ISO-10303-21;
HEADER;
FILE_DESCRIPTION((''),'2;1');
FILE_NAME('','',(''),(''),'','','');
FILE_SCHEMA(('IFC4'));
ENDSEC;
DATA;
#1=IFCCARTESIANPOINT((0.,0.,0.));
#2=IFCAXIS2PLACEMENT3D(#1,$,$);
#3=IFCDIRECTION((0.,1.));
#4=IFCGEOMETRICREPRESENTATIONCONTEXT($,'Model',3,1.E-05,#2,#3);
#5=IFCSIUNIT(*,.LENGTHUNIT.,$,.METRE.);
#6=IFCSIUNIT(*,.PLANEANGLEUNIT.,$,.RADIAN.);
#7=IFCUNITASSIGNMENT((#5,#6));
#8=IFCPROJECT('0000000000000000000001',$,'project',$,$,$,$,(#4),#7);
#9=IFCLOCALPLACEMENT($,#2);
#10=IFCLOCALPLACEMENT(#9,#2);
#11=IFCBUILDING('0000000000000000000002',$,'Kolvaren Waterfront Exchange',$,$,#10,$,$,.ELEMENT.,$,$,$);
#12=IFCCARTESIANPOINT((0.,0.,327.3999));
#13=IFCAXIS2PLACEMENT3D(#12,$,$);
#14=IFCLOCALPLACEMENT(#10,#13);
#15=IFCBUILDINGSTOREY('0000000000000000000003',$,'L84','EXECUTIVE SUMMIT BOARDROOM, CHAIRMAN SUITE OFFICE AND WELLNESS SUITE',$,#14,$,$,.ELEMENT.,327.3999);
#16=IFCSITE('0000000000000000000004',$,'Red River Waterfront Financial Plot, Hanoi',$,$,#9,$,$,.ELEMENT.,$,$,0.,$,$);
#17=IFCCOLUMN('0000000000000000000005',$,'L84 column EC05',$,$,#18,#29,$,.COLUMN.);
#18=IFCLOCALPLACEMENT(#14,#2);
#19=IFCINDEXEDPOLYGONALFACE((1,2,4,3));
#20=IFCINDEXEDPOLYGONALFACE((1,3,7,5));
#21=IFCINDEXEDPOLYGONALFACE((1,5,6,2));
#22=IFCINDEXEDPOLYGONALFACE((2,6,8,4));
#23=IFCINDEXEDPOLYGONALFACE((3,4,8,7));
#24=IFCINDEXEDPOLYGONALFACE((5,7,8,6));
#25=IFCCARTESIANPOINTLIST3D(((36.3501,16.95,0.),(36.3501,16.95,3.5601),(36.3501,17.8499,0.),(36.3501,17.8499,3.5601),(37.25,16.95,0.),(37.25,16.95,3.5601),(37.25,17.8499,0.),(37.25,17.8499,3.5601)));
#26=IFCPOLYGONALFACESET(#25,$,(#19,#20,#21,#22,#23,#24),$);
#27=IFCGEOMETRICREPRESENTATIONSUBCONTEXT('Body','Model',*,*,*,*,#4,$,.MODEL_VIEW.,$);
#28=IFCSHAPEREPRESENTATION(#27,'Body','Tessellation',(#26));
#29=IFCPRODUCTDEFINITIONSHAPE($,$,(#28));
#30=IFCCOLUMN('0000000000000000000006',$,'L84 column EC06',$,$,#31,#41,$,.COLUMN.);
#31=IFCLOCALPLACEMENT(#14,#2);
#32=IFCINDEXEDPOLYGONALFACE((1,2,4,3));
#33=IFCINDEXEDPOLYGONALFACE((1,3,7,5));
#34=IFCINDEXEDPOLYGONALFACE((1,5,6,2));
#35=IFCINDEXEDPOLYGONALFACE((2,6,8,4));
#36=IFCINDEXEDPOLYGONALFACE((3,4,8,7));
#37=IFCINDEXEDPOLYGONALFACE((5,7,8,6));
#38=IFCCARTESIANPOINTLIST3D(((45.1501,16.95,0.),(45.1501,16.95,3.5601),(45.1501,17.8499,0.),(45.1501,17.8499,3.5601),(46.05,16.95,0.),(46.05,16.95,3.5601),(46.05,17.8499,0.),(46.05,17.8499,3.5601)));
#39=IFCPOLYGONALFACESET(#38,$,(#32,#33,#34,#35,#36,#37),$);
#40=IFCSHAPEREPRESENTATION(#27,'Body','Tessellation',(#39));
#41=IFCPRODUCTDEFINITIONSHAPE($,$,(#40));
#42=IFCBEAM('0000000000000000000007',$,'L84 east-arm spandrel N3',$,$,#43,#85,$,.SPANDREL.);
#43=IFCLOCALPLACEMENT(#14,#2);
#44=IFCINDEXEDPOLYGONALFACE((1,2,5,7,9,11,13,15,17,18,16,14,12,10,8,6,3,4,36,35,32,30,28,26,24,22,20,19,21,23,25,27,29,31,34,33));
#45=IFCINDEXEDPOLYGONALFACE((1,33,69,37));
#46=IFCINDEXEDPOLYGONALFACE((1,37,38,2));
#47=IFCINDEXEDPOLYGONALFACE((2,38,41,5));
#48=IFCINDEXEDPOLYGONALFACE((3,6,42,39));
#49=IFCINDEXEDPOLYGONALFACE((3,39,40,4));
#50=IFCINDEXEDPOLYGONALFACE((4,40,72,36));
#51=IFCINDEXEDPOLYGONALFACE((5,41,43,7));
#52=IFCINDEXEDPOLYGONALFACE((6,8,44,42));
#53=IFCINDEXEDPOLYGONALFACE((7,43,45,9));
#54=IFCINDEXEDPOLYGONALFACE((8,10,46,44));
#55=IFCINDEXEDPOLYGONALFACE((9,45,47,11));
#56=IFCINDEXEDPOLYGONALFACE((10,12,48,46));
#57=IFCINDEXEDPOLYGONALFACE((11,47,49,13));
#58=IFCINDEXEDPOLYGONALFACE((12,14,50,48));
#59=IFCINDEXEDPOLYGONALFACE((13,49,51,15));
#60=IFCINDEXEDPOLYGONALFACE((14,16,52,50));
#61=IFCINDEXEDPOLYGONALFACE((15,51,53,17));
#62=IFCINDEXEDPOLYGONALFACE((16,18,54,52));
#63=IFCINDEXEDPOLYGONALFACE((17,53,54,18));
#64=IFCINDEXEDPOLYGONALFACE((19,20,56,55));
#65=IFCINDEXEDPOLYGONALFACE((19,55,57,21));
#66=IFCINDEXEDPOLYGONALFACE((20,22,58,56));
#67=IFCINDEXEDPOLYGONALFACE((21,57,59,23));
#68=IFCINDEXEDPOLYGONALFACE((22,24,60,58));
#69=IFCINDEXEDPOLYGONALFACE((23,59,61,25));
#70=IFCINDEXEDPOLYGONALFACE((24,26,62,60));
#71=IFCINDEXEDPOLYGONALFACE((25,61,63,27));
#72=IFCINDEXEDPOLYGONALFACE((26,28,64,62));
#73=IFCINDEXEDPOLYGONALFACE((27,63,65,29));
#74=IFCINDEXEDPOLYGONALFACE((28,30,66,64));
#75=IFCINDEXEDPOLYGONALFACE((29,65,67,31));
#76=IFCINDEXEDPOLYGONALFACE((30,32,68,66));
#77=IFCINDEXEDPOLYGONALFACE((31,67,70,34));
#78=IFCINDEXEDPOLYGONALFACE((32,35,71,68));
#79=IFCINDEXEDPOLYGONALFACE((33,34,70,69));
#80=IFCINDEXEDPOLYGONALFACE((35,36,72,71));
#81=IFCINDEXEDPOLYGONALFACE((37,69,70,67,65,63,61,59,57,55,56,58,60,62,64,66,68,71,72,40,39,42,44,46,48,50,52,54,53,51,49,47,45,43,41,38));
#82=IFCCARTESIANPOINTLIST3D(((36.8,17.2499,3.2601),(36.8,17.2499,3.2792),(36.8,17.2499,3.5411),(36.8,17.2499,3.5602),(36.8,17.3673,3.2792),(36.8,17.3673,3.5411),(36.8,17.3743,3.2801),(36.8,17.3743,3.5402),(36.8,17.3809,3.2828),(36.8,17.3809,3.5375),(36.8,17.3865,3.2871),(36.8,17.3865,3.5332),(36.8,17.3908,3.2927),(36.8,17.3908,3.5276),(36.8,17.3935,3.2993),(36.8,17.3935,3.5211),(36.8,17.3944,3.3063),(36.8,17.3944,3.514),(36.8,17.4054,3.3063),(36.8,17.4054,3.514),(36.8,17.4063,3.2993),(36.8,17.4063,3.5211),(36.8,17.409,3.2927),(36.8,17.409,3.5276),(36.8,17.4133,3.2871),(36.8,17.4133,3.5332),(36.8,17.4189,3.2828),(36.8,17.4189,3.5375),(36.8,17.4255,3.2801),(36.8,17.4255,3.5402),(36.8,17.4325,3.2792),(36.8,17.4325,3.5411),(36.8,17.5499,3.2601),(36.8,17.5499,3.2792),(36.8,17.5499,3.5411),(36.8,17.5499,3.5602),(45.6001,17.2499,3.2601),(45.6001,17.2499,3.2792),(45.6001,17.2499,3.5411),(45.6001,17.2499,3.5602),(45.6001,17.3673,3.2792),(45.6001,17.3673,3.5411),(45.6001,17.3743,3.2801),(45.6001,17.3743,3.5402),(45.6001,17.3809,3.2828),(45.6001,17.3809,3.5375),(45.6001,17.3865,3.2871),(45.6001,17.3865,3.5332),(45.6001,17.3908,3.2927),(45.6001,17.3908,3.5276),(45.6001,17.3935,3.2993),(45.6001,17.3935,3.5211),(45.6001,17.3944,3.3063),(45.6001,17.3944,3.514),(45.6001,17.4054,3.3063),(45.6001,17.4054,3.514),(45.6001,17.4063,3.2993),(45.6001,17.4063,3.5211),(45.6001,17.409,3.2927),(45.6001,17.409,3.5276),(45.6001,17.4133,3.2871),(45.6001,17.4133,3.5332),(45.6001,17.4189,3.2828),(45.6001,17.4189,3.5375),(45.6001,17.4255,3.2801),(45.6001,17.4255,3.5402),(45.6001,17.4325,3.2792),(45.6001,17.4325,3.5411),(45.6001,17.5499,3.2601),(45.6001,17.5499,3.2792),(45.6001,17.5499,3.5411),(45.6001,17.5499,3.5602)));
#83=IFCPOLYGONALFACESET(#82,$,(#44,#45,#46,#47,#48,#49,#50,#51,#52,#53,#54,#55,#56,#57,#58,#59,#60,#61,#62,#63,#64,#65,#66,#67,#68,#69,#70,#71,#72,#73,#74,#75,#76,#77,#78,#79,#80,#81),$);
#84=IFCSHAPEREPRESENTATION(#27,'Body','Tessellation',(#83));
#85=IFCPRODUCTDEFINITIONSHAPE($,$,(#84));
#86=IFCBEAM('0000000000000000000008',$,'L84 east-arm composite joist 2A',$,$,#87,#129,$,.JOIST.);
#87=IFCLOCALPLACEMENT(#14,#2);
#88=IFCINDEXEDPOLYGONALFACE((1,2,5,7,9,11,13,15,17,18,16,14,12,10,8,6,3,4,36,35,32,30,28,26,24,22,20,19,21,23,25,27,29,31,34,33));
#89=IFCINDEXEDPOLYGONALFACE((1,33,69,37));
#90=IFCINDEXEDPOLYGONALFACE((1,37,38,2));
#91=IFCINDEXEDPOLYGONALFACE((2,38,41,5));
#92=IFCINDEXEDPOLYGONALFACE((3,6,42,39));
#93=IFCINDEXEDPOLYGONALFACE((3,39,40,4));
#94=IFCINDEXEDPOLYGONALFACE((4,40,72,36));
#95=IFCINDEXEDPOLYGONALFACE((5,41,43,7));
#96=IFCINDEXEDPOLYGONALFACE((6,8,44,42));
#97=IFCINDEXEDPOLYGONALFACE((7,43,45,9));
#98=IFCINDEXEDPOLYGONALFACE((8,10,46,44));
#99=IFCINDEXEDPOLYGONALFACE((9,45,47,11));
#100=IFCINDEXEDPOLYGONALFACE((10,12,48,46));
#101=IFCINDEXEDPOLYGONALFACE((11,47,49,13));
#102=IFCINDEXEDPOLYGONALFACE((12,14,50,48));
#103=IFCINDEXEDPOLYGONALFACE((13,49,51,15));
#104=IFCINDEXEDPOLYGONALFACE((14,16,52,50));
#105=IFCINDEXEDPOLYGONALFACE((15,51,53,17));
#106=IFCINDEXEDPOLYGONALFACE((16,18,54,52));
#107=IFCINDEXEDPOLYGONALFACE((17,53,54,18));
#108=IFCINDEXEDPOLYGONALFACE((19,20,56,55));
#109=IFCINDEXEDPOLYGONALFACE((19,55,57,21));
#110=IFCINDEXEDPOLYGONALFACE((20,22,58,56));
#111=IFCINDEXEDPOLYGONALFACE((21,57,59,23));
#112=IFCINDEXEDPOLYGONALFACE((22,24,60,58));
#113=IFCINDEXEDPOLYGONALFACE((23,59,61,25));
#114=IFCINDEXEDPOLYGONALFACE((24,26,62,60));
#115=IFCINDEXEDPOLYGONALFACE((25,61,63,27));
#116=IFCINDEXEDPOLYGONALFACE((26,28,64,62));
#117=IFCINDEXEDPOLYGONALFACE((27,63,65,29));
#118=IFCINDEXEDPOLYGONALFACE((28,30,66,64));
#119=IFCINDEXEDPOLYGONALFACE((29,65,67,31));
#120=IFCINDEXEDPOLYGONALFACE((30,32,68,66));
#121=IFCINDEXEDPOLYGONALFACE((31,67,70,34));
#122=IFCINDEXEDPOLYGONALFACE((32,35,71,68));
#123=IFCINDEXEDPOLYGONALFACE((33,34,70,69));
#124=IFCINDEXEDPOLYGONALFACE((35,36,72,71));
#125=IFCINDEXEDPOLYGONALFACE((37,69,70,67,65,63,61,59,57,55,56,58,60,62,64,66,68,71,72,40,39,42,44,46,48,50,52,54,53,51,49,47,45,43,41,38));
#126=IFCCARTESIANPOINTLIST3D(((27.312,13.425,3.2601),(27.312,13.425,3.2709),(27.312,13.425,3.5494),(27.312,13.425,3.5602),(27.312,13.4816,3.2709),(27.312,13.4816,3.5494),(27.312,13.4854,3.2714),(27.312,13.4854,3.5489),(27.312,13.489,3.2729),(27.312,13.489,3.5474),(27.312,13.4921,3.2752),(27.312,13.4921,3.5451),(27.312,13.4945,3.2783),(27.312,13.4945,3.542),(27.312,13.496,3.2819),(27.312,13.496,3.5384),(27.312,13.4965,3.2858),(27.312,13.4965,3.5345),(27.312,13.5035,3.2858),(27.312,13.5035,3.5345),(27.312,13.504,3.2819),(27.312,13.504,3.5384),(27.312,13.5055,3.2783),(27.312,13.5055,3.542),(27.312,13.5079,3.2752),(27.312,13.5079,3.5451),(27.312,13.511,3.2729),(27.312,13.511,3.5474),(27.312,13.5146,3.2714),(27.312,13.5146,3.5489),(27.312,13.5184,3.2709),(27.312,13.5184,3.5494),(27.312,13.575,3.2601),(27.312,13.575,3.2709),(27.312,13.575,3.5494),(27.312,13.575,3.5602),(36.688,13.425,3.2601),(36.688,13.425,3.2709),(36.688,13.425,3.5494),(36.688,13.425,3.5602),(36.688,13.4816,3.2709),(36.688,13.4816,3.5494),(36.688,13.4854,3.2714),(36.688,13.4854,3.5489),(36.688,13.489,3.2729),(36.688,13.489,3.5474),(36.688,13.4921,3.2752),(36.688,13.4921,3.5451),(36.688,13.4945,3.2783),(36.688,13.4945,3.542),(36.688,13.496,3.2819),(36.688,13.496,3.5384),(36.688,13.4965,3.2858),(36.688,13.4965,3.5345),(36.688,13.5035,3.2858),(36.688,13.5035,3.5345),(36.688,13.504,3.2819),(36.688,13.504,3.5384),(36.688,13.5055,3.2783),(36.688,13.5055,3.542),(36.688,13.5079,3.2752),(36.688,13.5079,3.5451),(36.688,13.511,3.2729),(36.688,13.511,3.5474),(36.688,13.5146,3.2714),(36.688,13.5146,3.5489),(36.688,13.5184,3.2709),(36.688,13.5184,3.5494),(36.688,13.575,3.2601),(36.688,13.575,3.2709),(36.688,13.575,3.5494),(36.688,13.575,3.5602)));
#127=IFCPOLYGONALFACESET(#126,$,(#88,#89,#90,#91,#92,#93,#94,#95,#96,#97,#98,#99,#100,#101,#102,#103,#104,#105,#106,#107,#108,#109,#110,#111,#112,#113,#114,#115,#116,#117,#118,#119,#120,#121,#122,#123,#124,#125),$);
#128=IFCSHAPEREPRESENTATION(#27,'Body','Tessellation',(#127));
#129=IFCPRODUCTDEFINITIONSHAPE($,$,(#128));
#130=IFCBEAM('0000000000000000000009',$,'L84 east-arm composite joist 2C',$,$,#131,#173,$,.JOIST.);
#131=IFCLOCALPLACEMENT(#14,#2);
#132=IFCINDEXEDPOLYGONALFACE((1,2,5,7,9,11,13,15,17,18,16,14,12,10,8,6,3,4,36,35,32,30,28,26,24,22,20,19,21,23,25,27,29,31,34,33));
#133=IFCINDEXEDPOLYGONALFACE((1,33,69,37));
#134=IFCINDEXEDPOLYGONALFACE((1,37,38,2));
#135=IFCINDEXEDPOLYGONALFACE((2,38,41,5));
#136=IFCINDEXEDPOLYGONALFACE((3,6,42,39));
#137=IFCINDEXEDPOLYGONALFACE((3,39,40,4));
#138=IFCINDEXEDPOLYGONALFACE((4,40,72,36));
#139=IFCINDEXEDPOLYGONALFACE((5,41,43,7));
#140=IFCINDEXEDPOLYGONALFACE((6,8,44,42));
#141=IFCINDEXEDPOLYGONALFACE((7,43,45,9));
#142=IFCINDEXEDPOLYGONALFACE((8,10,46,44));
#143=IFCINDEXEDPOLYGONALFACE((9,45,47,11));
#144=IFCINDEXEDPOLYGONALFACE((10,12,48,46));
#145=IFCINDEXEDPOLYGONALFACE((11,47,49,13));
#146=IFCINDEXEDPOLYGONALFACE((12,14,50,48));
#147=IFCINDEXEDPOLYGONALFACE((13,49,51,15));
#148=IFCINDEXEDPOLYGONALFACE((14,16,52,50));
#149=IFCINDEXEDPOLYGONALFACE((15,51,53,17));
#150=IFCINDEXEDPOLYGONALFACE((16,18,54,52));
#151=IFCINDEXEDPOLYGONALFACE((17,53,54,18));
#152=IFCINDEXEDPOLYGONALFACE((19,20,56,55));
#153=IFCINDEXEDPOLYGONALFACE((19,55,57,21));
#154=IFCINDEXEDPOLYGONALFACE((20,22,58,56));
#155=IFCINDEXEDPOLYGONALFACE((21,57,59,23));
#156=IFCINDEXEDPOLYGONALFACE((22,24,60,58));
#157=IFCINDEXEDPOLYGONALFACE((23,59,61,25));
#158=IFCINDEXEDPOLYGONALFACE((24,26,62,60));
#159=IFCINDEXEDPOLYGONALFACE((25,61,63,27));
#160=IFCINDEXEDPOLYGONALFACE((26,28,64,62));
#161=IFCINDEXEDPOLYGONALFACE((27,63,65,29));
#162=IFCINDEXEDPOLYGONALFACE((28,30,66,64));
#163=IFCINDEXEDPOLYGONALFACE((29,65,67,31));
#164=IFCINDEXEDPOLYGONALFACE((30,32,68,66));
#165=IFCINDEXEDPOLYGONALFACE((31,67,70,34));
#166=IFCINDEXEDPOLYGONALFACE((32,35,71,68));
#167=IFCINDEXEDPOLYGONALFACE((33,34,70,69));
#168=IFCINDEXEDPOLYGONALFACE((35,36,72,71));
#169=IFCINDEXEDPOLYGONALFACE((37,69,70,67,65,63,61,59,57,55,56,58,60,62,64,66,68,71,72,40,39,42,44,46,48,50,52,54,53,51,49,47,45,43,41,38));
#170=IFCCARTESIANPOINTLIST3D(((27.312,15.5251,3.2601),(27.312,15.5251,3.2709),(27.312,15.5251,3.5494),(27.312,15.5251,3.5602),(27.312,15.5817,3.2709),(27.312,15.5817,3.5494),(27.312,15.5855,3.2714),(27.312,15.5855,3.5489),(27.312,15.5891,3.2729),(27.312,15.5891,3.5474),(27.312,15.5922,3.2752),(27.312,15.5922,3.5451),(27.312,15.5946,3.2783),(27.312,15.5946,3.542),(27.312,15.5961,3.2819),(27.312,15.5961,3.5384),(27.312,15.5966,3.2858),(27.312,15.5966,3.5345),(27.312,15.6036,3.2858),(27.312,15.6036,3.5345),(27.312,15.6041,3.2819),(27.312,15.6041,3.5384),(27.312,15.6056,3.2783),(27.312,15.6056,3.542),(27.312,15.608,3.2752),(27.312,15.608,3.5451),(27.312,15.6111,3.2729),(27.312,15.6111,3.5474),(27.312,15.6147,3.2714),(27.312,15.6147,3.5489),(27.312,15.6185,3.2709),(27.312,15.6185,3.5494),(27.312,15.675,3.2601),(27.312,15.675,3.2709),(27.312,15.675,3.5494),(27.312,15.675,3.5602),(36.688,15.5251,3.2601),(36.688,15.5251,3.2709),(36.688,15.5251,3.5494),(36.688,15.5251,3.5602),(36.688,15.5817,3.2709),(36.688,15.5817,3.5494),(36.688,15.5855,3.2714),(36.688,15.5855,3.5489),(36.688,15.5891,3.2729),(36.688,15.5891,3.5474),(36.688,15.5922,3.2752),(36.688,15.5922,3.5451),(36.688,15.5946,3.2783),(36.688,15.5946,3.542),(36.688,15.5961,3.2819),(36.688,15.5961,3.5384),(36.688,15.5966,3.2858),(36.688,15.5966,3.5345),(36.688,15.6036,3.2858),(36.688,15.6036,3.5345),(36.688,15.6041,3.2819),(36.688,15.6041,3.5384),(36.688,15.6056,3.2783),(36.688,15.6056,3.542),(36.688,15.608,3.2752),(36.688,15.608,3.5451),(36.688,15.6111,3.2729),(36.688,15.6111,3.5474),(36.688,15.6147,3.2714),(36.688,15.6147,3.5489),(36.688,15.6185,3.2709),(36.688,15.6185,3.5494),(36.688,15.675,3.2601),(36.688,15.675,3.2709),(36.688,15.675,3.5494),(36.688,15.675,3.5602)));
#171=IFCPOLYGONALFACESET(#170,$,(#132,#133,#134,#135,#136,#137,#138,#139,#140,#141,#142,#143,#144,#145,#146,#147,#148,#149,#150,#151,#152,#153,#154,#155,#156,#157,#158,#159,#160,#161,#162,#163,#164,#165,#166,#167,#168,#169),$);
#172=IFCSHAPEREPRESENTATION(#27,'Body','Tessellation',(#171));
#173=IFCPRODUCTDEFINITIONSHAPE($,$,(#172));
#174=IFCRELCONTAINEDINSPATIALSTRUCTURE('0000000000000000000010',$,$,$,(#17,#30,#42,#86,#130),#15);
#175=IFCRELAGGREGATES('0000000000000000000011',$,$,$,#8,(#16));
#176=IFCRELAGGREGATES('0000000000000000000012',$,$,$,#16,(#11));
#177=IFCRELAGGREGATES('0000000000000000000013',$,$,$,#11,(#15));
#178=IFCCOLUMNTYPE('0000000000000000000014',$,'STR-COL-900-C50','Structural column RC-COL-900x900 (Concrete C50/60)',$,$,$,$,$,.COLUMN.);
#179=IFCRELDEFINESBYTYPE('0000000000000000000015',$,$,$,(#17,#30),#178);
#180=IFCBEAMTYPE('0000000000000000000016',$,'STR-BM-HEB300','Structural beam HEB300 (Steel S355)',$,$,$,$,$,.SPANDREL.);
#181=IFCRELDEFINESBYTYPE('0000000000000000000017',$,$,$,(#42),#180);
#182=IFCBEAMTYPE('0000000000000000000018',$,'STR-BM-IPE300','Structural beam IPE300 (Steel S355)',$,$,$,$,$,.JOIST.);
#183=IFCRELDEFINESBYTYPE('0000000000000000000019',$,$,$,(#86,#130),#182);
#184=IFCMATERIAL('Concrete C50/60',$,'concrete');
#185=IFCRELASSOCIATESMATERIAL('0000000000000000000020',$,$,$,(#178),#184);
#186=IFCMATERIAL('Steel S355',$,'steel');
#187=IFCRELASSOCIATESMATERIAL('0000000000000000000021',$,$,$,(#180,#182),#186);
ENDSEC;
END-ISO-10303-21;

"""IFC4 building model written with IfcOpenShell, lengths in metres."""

from ifc_helpers import new_model, si_unit, direction, frame, origin, origin_2d, place, context, subcontext, project, spatial, rectangle, i_section, extrude, material, material_profile, profile_set, type_object, element, save


model = new_model("IFC4")

# Units and contexts
model_context = context("Model", 3, precision=1e-05, world=origin(), true_north=direction((0.0, 1.0)))
body_context = subcontext(model_context, "Body", "Model", "MODEL_VIEW")
ifc_project = project(units=[si_unit("LENGTHUNIT", "METRE"), si_unit("PLANEANGLEUNIT", "RADIAN")], contexts=[model_context])

# Site, building, storey
site_placement = place(None, origin())
site = spatial("IfcSite", under=ifc_project, at=site_placement, Name="Red River Waterfront Financial Plot, Hanoi", CompositionType="ELEMENT", RefElevation=0.0)
building_placement = place(site_placement, origin())
building = spatial("IfcBuilding", under=site, at=building_placement, Name="Kolvaren Waterfront Exchange", CompositionType="ELEMENT")
storey_placement = place(building_placement, frame((0.0, 0.0, 327.3999)))
storey = spatial("IfcBuildingStorey", under=building, at=storey_placement, Name="L84", Description="EXECUTIVE SUMMIT BOARDROOM, CHAIRMAN SUITE OFFICE AND WELLNESS SUITE", CompositionType="ELEMENT", Elevation=327.3999)

# Columns
ifc_material_1 = material(Name="Concrete C50/60", Category="concrete")
ifc_material_profile_1 = material_profile(ifc_material_1, rectangle(XDim=0.8999, YDim=0.8999, at=origin_2d()), Name="RC-COL-900x900")
ifc_profile_set_1 = profile_set([ifc_material_profile_1], Name="Concrete C50/60")
column_type = type_object("IfcColumnType", Name="STR-COL-900-C50", Description="Structural column RC-COL-900x900 (Concrete C50/60)", PredefinedType="COLUMN", material=ifc_profile_set_1)
for number, where, z_axis, x_axis, name in (
    (1, (36.8, 17.3999, 0.0), (0.0, 0.0, 1.0), (1.0, 0.0, 0.0), "L84 column EC05"),
    (2, (45.6001, 17.3999, 0.0), (0.0, 0.0, 1.0), (1.0, 0.0, 0.0), "L84 column EC06"),
):
    element("IfcColumn", number, at=place(storey_placement, frame(where, z_axis=z_axis, x_axis=x_axis)), inside=storey, type_object=column_type, Name=name, PredefinedType="COLUMN", context=body_context, shape_type="SweptSolid", body=[
        extrude(rectangle(XDim=0.8999, YDim=0.8999, at=origin_2d()), origin(), (0.0, 0.0, 1.0), 3.5601),
    ])

# Beams
ifc_material_2 = material(Name="Steel S355", Category="steel")
ifc_material_profile_2 = material_profile(ifc_material_2, i_section(OverallWidth=0.3, OverallDepth=0.3, WebThickness=0.011, FlangeThickness=0.019, FilletRadius=0.0271, at=origin_2d()), Name="HEB300")
ifc_profile_set_2 = profile_set([ifc_material_profile_2], Name="Steel S355")
beam_type_1 = type_object("IfcBeamType", Name="STR-BM-HEB300", Description="Structural beam HEB300 (Steel S355)", PredefinedType="SPANDREL", material=ifc_profile_set_2)
beam_placement = place(storey_placement, frame((36.8, 17.3999, 3.4102), z_axis=(1.0, 0.0, 0.0), x_axis=(0.0, 1.0, 0.0)))
element("IfcBeam", 3, at=beam_placement, inside=storey, type_object=beam_type_1, Name="L84 east-arm spandrel N3", PredefinedType="SPANDREL", context=body_context, shape_type="SweptSolid", body=[
    extrude(i_section(OverallWidth=0.3, OverallDepth=0.3, WebThickness=0.011, FlangeThickness=0.019, FilletRadius=0.0271, at=origin_2d()), origin(), (0.0, 0.0, 1.0), 8.8),
])
ifc_material_profile_3 = material_profile(ifc_material_2, i_section(OverallWidth=0.1499, OverallDepth=0.3, WebThickness=0.0071, FlangeThickness=0.0107, FilletRadius=0.0149, at=origin_2d()), Name="IPE300")
ifc_profile_set_3 = profile_set([ifc_material_profile_3], Name="Steel S355")
beam_type_2 = type_object("IfcBeamType", Name="STR-BM-IPE300", Description="Structural beam IPE300 (Steel S355)", PredefinedType="JOIST", material=ifc_profile_set_3)
for number, where, z_axis, x_axis, name in (
    (4, (27.312, 13.5, 3.4102), (1.0, 0.0, 0.0), (0.0, 1.0, 0.0), "L84 east-arm composite joist 2A"),
    (5, (27.312, 15.6001, 3.4102), (1.0, 0.0, 0.0), (0.0, 1.0, 0.0), "L84 east-arm composite joist 2C"),
):
    element("IfcBeam", number, at=place(storey_placement, frame(where, z_axis=z_axis, x_axis=x_axis)), inside=storey, type_object=beam_type_2, Name=name, PredefinedType="JOIST", context=body_context, shape_type="SweptSolid", body=[
        extrude(i_section(OverallWidth=0.1499, OverallDepth=0.3, WebThickness=0.0071, FlangeThickness=0.0107, FilletRadius=0.0149, at=origin_2d()), origin(), (0.0, 0.0, 1.0), 9.376),
    ])

save(model, "model.ifc")
